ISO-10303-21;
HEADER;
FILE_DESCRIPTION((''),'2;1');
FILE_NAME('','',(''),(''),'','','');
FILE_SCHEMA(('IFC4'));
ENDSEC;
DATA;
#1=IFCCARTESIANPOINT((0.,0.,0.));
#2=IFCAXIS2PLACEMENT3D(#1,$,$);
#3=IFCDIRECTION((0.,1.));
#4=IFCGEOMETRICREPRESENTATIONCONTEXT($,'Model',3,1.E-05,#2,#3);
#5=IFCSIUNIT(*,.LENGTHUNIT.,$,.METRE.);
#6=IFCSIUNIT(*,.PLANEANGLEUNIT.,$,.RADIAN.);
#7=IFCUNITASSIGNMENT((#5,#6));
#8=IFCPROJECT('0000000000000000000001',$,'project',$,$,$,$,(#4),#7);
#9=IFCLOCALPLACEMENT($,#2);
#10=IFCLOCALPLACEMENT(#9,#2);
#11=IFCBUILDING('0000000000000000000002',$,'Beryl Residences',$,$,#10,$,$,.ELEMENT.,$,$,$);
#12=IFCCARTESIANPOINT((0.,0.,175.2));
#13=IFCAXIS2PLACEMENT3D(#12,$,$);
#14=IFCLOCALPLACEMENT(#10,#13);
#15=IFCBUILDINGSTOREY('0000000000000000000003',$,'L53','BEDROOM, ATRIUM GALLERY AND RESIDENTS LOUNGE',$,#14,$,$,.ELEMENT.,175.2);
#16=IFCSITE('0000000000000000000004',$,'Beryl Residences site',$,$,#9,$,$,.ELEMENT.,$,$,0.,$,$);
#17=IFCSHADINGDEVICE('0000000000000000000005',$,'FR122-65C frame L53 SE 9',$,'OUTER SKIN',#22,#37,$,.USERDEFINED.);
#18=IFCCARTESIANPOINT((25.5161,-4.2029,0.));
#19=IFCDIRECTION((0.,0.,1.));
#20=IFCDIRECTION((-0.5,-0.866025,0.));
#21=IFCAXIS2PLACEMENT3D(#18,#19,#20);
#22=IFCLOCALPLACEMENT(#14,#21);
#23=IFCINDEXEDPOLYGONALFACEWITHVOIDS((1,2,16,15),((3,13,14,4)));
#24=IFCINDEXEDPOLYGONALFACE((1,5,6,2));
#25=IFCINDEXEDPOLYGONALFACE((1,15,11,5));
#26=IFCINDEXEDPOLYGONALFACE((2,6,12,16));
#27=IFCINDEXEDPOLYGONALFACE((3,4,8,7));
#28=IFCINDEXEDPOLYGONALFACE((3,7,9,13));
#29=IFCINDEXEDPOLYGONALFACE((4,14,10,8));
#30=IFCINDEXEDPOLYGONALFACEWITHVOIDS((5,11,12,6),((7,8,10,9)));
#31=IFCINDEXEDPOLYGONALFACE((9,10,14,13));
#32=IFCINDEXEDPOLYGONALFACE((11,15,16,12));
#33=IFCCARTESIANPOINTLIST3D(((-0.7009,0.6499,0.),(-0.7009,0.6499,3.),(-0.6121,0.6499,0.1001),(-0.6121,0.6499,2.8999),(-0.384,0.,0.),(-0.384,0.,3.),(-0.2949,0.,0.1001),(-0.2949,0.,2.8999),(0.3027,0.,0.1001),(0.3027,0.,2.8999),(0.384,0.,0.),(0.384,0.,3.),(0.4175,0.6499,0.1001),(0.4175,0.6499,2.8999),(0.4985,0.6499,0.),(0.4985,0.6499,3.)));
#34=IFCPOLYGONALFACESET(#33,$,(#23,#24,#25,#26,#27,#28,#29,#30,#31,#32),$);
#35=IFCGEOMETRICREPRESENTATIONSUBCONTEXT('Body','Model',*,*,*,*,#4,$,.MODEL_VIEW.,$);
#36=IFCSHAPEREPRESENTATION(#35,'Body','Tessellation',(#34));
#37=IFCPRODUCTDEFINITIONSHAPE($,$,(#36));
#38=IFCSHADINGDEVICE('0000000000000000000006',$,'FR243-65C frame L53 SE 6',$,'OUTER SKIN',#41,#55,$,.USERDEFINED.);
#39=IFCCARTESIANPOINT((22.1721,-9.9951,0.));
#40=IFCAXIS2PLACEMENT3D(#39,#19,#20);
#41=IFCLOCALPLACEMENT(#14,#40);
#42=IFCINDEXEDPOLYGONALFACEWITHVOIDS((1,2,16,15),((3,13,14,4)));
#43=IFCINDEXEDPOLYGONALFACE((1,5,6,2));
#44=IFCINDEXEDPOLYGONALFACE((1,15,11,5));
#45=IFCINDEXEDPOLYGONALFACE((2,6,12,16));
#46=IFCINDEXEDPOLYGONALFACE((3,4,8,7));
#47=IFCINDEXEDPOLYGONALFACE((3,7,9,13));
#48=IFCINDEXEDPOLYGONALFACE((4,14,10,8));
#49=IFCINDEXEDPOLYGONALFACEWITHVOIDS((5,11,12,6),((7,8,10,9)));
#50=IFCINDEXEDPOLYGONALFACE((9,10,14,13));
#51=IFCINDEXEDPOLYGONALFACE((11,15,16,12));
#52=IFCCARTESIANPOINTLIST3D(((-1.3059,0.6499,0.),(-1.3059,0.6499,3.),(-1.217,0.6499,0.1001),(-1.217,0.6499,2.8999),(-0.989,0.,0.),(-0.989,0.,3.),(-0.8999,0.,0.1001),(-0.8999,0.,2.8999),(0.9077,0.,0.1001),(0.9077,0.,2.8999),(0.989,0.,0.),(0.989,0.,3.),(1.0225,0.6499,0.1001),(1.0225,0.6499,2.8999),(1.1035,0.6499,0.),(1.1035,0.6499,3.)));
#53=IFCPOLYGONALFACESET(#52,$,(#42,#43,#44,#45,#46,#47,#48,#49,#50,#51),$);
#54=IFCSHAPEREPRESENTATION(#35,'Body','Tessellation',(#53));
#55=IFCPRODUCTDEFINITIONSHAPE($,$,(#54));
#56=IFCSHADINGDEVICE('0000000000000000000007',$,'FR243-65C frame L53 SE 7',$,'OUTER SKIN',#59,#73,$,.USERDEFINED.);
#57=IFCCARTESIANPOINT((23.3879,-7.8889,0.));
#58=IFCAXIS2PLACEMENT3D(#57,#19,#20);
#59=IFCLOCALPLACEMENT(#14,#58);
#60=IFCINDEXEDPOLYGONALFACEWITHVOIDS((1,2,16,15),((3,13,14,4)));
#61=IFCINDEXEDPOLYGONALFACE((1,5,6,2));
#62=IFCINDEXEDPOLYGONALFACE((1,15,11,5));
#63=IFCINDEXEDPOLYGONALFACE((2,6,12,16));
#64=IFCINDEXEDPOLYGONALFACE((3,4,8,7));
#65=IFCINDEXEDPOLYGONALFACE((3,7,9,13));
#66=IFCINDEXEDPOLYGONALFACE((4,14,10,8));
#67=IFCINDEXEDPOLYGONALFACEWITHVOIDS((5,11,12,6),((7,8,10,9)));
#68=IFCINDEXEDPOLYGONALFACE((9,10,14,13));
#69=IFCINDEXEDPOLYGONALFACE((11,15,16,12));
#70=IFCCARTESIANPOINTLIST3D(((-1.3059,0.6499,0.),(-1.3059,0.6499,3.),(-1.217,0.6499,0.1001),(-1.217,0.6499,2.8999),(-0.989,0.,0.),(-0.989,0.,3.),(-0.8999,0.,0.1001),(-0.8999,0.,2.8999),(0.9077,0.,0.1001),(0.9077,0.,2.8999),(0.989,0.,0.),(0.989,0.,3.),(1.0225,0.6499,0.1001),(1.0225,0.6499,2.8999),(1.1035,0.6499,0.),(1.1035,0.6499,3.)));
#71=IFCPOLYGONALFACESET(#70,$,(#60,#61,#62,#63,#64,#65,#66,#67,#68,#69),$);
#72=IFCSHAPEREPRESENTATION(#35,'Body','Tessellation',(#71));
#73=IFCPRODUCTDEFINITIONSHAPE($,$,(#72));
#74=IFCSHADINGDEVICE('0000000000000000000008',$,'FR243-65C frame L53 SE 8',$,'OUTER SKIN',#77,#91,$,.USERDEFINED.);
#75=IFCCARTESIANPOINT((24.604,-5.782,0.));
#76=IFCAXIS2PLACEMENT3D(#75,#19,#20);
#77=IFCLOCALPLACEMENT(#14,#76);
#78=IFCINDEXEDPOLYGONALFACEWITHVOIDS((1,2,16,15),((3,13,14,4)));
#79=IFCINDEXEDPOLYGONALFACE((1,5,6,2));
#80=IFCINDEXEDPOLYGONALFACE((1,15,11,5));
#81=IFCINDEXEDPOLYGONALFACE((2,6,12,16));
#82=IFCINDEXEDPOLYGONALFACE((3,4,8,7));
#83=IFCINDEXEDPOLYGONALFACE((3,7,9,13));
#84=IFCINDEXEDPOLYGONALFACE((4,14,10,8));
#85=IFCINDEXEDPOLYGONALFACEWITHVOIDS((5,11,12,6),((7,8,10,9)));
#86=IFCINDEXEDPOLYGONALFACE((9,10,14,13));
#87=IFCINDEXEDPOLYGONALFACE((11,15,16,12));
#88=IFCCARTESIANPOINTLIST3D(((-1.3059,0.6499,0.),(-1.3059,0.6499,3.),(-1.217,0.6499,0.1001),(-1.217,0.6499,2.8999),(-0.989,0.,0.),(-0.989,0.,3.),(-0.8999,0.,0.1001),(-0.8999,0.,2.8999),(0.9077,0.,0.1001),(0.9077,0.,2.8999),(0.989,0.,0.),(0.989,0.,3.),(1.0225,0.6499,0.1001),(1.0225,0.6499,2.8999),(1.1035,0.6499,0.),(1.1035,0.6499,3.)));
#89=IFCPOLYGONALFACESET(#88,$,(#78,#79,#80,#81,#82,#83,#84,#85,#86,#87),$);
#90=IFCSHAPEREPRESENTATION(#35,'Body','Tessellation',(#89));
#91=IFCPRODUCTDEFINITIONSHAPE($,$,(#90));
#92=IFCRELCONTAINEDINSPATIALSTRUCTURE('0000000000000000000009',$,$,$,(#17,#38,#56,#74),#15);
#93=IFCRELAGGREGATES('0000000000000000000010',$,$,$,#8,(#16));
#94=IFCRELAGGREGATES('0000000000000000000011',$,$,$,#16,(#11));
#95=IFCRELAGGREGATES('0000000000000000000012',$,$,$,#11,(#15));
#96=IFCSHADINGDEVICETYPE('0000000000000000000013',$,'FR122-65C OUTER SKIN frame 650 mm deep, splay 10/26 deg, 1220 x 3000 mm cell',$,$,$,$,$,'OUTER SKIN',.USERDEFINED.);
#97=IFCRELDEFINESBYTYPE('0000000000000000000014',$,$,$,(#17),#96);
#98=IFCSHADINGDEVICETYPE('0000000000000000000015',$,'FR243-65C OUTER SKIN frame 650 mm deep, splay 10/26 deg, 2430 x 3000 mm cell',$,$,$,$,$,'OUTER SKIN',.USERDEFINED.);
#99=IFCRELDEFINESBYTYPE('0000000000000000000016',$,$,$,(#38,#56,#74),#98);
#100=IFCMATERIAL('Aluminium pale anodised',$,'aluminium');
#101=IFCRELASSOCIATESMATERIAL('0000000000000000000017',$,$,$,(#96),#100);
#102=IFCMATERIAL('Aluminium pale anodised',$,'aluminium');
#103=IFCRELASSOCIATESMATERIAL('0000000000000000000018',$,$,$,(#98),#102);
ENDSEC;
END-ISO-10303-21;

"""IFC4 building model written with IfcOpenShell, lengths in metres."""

from ifc_helpers import new_model, entity, si_unit, direction, frame, origin, place, context, subcontext, project, spatial, source, transform, mapped, material, type_object, type_shapes, element, save


model = new_model("IFC4")

# Units and contexts
model_context = context("Model", 3, precision=1e-05, world=origin(), true_north=direction((0.0, 1.0)))
body_context = subcontext(model_context, "Body", "Model", "MODEL_VIEW")
ifc_project = project(units=[si_unit("LENGTHUNIT", "METRE"), si_unit("PLANEANGLEUNIT", "RADIAN")], contexts=[model_context])

# Site, building, storey
site_placement = place(None, origin())
site = spatial("IfcSite", under=ifc_project, at=site_placement, Name="Beryl Residences site", CompositionType="ELEMENT", RefElevation=0.0)
building_placement = place(site_placement, origin())
building = spatial("IfcBuilding", under=site, at=building_placement, Name="Beryl Residences", CompositionType="ELEMENT")
storey_placement = place(building_placement, frame((0.0, 0.0, 175.2)))
storey = spatial("IfcBuildingStorey", under=building, at=storey_placement, Name="L53", Description="BEDROOM, ATRIUM GALLERY AND RESIDENTS LOUNGE", CompositionType="ELEMENT", Elevation=175.2)

# Shading devices
ifc_material_1 = material(Name="Aluminium pale anodised", Category="aluminium")
shading_device_type_1 = type_object("IfcShadingDeviceType", Name="FR122-65C OUTER SKIN frame 650 mm deep, splay 10/26 deg, 1220 x 3000 mm cell", ElementType="OUTER SKIN", PredefinedType="USERDEFINED", material=ifc_material_1)
cartesian_point_1 = entity("IfcCartesianPoint", [-0.384, 0.0])
cartesian_point_2 = entity("IfcCartesianPoint", [-0.3027, 0.1001])
cartesian_point_3 = entity("IfcCartesianPoint", [-0.4985, 0.0])
cartesian_point_4 = entity("IfcCartesianPoint", [-0.4175, 0.1001])
shared_shape_1 = source(origin(), body_context, "Body", "SweptSolid", [
    entity("IfcExtrudedAreaSolidTapered", entity("IfcArbitraryProfileDefWithVoids", "AREA", None, entity("IfcPolyline", [cartesian_point_1, entity("IfcCartesianPoint", [0.384, 0.0]), entity("IfcCartesianPoint", [0.384, 3.0]), entity("IfcCartesianPoint", [-0.384, 3.0]), cartesian_point_1]), [entity("IfcPolyline", [cartesian_point_2, entity("IfcCartesianPoint", [0.2949, 0.1001]), entity("IfcCartesianPoint", [0.2949, 2.8999]), entity("IfcCartesianPoint", [-0.3027, 2.8999]), cartesian_point_2])]), entity("IfcAxis2Placement3D", entity("IfcCartesianPoint", [0.0, 0.0, 0.0]), entity("IfcDirection", [0.0, 1.0, 0.0]), entity("IfcDirection", [-1.0, 0.0, 0.0])), entity("IfcDirection", [0.0, 0.0, 1.0]), 0.6499, entity("IfcArbitraryProfileDefWithVoids", "AREA", None, entity("IfcPolyline", [cartesian_point_3, entity("IfcCartesianPoint", [0.7009, 0.0]), entity("IfcCartesianPoint", [0.7009, 3.0]), entity("IfcCartesianPoint", [-0.4985, 3.0]), cartesian_point_3]), [entity("IfcPolyline", [cartesian_point_4, entity("IfcCartesianPoint", [0.6121, 0.1001]), entity("IfcCartesianPoint", [0.6121, 2.8999]), entity("IfcCartesianPoint", [-0.4175, 2.8999]), cartesian_point_4])])),
])
type_shapes(shading_device_type_1, [shared_shape_1])
shading_device_placement = place(storey_placement, frame((25.5161, -4.2029, 0.0), z_axis=(0.0, 0.0, 1.0), x_axis=(-0.5, -0.866025, 0.0)))
element("IfcShadingDevice", 1, at=shading_device_placement, inside=storey, type_object=shading_device_type_1, Name="FR122-65C frame L53 SE 9", ObjectType="OUTER SKIN", PredefinedType="USERDEFINED", context=body_context, shape_type="MappedRepresentation", body=[
    mapped(shared_shape_1, transform((0.0, 0.0, 0.0))),
])
ifc_material_2 = material(Name="Aluminium pale anodised", Category="aluminium")
shading_device_type_2 = type_object("IfcShadingDeviceType", Name="FR243-65C OUTER SKIN frame 650 mm deep, splay 10/26 deg, 2430 x 3000 mm cell", ElementType="OUTER SKIN", PredefinedType="USERDEFINED", material=ifc_material_2)
cartesian_point_5 = entity("IfcCartesianPoint", [-0.989, 0.0])
cartesian_point_6 = entity("IfcCartesianPoint", [-0.9077, 0.1001])
cartesian_point_7 = entity("IfcCartesianPoint", [-1.1035, 0.0])
cartesian_point_8 = entity("IfcCartesianPoint", [-1.0225, 0.1001])
shared_shape_2 = source(origin(), body_context, "Body", "SweptSolid", [
    entity("IfcExtrudedAreaSolidTapered", entity("IfcArbitraryProfileDefWithVoids", "AREA", None, entity("IfcPolyline", [cartesian_point_5, entity("IfcCartesianPoint", [0.989, 0.0]), entity("IfcCartesianPoint", [0.989, 3.0]), entity("IfcCartesianPoint", [-0.989, 3.0]), cartesian_point_5]), [entity("IfcPolyline", [cartesian_point_6, entity("IfcCartesianPoint", [0.8999, 0.1001]), entity("IfcCartesianPoint", [0.8999, 2.8999]), entity("IfcCartesianPoint", [-0.9077, 2.8999]), cartesian_point_6])]), entity("IfcAxis2Placement3D", entity("IfcCartesianPoint", [0.0, 0.0, 0.0]), entity("IfcDirection", [0.0, 1.0, 0.0]), entity("IfcDirection", [-1.0, 0.0, 0.0])), entity("IfcDirection", [0.0, 0.0, 1.0]), 0.6499, entity("IfcArbitraryProfileDefWithVoids", "AREA", None, entity("IfcPolyline", [cartesian_point_7, entity("IfcCartesianPoint", [1.3059, 0.0]), entity("IfcCartesianPoint", [1.3059, 3.0]), entity("IfcCartesianPoint", [-1.1035, 3.0]), cartesian_point_7]), [entity("IfcPolyline", [cartesian_point_8, entity("IfcCartesianPoint", [1.217, 0.1001]), entity("IfcCartesianPoint", [1.217, 2.8999]), entity("IfcCartesianPoint", [-1.0225, 2.8999]), cartesian_point_8])])),
])
type_shapes(shading_device_type_2, [shared_shape_2])
for number, where, z_axis, x_axis, name in (
    (2, (22.1721, -9.9951, 0.0), (0.0, 0.0, 1.0), (-0.5, -0.866025, 0.0), "FR243-65C frame L53 SE 6"),
    (3, (23.3879, -7.8889, 0.0), (0.0, 0.0, 1.0), (-0.5, -0.866025, 0.0), "FR243-65C frame L53 SE 7"),
    (4, (24.604, -5.782, 0.0), (0.0, 0.0, 1.0), (-0.5, -0.866025, 0.0), "FR243-65C frame L53 SE 8"),
):
    element("IfcShadingDevice", number, at=place(storey_placement, frame(where, z_axis=z_axis, x_axis=x_axis)), inside=storey, type_object=shading_device_type_2, Name=name, ObjectType="OUTER SKIN", PredefinedType="USERDEFINED", context=body_context, shape_type="MappedRepresentation", body=[
        mapped(shared_shape_2, transform((0.0, 0.0, 0.0))),
    ])

save(model, "model.ifc")
